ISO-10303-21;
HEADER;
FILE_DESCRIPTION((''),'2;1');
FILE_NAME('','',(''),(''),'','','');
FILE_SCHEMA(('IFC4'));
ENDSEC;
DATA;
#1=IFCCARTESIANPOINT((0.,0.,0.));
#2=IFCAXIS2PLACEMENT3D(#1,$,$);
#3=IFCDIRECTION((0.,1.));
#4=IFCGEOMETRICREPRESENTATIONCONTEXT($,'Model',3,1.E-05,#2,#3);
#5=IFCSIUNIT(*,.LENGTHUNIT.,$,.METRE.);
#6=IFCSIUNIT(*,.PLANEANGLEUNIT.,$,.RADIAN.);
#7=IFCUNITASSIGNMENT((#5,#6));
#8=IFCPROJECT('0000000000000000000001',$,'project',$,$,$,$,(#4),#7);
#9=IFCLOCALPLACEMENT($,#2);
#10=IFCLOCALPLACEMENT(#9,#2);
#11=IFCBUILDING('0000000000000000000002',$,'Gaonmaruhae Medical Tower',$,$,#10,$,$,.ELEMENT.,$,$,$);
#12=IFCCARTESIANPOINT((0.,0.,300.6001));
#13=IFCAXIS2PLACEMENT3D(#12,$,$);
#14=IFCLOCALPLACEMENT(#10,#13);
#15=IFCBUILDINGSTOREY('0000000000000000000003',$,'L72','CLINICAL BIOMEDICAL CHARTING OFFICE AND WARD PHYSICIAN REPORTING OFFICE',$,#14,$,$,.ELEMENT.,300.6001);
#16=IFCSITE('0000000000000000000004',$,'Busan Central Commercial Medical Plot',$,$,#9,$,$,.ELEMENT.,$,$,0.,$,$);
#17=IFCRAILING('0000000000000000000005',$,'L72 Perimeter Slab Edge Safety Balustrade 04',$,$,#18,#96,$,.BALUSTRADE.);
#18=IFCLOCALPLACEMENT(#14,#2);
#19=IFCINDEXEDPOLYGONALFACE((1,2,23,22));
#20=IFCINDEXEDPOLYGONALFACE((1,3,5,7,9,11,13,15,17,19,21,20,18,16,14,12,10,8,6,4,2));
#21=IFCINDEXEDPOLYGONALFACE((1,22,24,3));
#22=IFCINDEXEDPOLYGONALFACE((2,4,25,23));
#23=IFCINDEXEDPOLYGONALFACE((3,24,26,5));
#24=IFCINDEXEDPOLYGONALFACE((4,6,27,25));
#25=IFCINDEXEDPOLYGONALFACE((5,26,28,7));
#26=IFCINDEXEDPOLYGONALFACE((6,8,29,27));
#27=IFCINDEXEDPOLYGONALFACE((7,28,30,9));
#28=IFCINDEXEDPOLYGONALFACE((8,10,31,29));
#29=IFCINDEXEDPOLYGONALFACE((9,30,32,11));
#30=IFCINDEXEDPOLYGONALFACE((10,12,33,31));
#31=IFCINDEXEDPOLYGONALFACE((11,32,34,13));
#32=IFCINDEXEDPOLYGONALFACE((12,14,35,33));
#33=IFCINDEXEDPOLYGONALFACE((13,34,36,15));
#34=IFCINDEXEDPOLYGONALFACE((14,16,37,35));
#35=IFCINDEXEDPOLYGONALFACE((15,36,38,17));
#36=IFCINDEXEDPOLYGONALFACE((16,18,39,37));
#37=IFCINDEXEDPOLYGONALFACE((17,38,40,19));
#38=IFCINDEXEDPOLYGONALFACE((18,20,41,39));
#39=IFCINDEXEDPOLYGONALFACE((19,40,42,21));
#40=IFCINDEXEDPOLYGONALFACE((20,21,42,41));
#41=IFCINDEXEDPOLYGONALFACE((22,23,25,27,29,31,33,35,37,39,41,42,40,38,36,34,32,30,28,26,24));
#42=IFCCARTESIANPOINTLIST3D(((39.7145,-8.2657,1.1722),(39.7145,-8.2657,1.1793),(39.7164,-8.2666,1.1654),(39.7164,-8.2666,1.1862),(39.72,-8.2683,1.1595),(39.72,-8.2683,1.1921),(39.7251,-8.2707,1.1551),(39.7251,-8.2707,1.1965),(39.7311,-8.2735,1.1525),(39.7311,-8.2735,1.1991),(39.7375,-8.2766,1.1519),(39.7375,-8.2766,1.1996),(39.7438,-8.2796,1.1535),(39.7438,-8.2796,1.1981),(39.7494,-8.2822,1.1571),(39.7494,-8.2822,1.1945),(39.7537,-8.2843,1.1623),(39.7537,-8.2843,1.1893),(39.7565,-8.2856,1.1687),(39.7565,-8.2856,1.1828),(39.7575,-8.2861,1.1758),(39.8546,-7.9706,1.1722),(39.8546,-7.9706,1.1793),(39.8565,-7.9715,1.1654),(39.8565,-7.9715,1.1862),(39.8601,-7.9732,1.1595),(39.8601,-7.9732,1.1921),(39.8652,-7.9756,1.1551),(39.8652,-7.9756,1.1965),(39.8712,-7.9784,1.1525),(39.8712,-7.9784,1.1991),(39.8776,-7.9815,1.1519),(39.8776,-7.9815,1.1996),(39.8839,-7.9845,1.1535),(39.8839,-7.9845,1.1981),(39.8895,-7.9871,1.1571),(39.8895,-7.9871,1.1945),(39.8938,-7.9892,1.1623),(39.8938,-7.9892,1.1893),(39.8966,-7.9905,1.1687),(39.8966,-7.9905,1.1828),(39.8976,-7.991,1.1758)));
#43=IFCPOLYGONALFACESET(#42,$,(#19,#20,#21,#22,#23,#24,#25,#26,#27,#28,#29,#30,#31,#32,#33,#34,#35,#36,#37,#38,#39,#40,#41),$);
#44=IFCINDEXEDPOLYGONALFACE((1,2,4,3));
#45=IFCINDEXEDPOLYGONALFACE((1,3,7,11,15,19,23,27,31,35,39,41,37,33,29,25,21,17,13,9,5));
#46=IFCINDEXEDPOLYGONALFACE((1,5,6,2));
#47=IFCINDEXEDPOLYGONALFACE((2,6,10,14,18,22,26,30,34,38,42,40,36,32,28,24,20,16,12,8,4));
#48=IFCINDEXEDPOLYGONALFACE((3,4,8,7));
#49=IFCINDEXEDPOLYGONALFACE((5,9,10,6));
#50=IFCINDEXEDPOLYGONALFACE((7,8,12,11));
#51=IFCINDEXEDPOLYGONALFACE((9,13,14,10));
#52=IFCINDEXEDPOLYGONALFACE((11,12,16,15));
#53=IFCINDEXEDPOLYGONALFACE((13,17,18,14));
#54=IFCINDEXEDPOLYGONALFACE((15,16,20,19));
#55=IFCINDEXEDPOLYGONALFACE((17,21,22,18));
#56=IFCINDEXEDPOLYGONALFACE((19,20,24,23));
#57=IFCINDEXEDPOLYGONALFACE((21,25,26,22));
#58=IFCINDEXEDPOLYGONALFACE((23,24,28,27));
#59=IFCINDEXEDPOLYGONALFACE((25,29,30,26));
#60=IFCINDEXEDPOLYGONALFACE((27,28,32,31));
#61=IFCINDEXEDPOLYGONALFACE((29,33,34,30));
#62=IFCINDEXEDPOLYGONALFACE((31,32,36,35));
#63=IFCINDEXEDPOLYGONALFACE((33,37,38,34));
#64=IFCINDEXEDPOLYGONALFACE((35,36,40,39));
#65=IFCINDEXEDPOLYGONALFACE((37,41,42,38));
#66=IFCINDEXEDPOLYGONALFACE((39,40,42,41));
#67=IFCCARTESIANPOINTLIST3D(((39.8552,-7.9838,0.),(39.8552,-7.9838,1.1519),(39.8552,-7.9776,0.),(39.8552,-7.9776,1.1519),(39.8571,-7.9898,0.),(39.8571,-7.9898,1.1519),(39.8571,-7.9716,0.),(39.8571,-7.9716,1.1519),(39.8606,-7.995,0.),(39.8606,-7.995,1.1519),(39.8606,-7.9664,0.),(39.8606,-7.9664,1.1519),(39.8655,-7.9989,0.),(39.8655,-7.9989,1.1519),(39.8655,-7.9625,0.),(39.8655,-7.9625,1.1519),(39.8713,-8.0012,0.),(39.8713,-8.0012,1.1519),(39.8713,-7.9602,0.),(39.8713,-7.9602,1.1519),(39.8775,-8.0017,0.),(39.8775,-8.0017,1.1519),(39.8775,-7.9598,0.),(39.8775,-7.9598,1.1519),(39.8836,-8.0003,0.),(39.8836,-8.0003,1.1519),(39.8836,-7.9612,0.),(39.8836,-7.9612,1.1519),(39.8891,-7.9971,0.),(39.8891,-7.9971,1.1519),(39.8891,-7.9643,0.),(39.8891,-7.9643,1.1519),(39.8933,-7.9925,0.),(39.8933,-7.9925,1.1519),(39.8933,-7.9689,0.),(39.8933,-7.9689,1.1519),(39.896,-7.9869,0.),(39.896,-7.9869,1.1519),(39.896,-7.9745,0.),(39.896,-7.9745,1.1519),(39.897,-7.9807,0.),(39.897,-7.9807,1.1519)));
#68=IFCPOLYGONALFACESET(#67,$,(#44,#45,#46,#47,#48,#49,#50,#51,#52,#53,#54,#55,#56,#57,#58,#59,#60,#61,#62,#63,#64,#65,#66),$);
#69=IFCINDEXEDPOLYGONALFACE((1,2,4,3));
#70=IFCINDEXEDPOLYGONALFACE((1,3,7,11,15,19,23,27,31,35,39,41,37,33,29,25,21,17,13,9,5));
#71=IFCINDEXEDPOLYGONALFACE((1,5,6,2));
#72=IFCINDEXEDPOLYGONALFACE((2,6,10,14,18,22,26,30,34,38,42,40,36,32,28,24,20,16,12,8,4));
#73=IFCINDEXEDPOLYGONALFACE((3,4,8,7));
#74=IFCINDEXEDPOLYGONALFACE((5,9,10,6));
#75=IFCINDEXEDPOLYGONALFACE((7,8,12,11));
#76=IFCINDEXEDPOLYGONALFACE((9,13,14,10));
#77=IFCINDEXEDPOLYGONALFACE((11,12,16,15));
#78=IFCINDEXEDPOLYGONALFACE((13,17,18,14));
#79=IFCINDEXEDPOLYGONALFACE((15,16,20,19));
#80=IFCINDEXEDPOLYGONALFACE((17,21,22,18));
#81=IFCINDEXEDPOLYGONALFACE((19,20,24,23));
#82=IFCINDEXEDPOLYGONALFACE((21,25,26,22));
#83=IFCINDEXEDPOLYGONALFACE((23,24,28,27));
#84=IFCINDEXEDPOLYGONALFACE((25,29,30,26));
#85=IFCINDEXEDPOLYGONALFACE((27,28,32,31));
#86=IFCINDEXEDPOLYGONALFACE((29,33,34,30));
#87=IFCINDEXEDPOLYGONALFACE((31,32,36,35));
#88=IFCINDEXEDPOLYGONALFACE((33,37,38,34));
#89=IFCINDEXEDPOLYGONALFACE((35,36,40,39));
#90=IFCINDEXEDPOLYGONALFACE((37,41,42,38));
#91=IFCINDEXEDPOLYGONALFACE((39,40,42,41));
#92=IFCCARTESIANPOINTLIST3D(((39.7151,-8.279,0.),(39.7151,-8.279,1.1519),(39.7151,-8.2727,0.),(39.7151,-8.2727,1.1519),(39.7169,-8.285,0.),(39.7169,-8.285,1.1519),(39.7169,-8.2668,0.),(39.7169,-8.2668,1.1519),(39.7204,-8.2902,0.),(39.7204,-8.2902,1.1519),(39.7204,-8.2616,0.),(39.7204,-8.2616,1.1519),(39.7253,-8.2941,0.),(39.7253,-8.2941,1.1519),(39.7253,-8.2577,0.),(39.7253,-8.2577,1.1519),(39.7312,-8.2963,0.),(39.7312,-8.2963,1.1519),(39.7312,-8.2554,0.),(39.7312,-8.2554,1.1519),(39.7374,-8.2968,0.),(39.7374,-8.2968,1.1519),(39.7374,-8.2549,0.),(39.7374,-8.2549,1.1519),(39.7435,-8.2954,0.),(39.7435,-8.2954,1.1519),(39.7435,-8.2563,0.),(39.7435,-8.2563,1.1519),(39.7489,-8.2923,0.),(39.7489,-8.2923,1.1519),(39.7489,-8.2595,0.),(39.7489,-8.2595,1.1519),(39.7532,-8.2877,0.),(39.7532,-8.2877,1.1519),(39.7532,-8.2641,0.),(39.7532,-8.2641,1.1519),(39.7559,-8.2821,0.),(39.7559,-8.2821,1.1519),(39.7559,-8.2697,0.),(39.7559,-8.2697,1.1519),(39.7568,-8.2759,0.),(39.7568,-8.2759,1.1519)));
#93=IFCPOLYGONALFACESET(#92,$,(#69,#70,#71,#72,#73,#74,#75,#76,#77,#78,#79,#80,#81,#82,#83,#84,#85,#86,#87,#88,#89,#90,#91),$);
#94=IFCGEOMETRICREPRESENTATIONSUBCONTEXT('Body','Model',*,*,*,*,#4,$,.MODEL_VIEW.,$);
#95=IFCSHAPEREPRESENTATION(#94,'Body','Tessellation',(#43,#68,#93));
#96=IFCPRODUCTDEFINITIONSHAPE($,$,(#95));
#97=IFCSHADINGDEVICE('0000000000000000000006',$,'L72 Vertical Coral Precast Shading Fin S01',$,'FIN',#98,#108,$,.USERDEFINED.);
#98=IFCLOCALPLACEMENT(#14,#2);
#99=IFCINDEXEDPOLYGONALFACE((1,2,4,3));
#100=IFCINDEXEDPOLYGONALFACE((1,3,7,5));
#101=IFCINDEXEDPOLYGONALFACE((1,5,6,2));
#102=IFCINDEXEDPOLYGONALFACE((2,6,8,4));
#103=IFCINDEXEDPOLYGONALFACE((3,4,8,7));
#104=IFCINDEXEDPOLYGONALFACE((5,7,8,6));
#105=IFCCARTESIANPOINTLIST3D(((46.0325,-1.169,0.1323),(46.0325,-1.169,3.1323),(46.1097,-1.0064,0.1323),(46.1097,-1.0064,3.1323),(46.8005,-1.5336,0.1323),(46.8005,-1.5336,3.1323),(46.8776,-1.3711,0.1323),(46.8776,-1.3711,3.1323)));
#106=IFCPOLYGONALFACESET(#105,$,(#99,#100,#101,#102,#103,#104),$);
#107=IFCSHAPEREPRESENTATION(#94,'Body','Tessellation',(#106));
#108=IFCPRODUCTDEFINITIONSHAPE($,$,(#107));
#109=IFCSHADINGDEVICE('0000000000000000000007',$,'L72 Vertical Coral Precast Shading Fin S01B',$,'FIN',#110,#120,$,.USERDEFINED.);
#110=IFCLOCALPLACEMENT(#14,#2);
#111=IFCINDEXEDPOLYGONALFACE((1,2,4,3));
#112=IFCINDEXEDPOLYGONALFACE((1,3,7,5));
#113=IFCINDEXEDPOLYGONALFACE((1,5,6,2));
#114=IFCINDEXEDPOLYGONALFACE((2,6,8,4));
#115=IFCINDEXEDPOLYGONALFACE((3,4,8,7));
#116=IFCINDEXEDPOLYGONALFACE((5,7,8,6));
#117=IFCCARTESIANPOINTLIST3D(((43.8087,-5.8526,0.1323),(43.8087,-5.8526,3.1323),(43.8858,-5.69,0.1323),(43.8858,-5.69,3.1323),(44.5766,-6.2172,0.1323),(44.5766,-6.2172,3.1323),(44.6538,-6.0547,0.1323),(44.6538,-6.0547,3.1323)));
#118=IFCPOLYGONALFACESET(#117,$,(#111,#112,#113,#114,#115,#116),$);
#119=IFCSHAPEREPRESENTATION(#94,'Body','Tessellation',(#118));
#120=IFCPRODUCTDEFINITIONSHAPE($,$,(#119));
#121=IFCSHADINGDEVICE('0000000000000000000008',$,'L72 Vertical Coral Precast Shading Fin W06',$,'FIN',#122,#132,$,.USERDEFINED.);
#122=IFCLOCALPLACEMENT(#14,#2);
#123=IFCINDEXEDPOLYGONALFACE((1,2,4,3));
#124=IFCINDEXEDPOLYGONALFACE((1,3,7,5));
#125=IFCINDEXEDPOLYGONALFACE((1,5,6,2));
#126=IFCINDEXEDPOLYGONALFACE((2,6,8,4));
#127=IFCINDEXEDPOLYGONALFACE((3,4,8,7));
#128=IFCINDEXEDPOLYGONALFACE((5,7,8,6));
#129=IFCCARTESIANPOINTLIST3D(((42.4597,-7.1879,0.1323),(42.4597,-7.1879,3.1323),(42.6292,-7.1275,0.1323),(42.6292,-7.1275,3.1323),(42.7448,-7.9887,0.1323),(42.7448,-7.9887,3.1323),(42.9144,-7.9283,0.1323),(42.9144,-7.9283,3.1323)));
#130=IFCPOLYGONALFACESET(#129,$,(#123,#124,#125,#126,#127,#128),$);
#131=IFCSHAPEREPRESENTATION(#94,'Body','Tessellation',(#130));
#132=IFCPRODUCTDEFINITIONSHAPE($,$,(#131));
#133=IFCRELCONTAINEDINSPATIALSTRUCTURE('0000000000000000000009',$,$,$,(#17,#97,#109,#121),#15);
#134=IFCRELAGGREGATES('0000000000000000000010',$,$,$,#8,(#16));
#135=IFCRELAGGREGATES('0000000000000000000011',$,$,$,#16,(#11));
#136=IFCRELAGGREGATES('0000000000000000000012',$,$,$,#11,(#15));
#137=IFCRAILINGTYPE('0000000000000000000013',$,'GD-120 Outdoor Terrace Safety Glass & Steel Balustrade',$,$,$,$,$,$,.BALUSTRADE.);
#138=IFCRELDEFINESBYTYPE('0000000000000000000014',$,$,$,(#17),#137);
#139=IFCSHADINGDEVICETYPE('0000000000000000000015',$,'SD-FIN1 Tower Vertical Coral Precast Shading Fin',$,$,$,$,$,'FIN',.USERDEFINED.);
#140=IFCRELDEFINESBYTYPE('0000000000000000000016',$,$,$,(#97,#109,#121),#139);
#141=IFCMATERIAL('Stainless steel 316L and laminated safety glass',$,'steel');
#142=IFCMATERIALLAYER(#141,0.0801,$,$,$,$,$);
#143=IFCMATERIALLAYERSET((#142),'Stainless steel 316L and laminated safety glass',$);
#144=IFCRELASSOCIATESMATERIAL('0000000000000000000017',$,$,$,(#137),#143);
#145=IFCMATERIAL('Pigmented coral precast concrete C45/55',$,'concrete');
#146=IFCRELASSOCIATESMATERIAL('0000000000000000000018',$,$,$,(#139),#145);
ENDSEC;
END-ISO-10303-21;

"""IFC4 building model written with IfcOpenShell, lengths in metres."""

from ifc_helpers import new_model, si_unit, direction, frame, origin, origin_2d, place, context, subcontext, project, spatial, rectangle, circle, extrude, material, layer, layer_set, type_object, element, save


model = new_model("IFC4")

# Units and contexts
model_context = context("Model", 3, precision=1e-05, world=origin(), true_north=direction((0.0, 1.0)))
body_context = subcontext(model_context, "Body", "Model", "MODEL_VIEW")
ifc_project = project(units=[si_unit("LENGTHUNIT", "METRE"), si_unit("PLANEANGLEUNIT", "RADIAN")], contexts=[model_context])

# Site, building, storey
site_placement = place(None, origin())
site = spatial("IfcSite", under=ifc_project, at=site_placement, Name="Busan Central Commercial Medical Plot", CompositionType="ELEMENT", RefElevation=0.0)
building_placement = place(site_placement, origin())
building = spatial("IfcBuilding", under=site, at=building_placement, Name="Gaonmaruhae Medical Tower", CompositionType="ELEMENT")
storey_placement = place(building_placement, frame((0.0, 0.0, 300.6001)))
storey = spatial("IfcBuildingStorey", under=building, at=storey_placement, Name="L72", Description="CLINICAL BIOMEDICAL CHARTING OFFICE AND WARD PHYSICIAN REPORTING OFFICE", CompositionType="ELEMENT", Elevation=300.6001)

# Railing
ifc_material_1 = material(Name="Stainless steel 316L and laminated safety glass", Category="steel")
ifc_layer_1 = layer(ifc_material_1, 0.0801)
ifc_layer_set_1 = layer_set([ifc_layer_1], Name="Stainless steel 316L and laminated safety glass")
railing_type = type_object("IfcRailingType", Name="GD-120 Outdoor Terrace Safety Glass & Steel Balustrade", PredefinedType="BALUSTRADE", material=ifc_layer_set_1)
railing_placement = place(storey_placement, frame((39.876, -7.9807, 0.0)))
element("IfcRailing", 1, at=railing_placement, inside=storey, type_object=railing_type, Name="L72 Perimeter Slab Edge Safety Balustrade 04", PredefinedType="BALUSTRADE", context=body_context, shape_type="SweptSolid", body=[
    extrude(circle(Radius=0.0239, at=origin_2d()), frame((0.0, 0.0, 1.1758), z_axis=(-0.428889, -0.903357, 0.0), x_axis=(0.903357, -0.428889, 0.0)), (0.0, 0.0, 1.0), 0.3267),
    extrude(circle(Radius=0.021, at=origin_2d()), origin(), (0.0, 0.0, 1.0), 1.1519),
    extrude(circle(Radius=0.021, at=origin_2d()), frame((-0.1401, -0.2952, 0.0)), (0.0, 0.0, 1.0), 1.1519),
])

# Shading devices
ifc_material_2 = material(Name="Pigmented coral precast concrete C45/55", Category="concrete")
shading_device_type = type_object("IfcShadingDeviceType", Name="SD-FIN1 Tower Vertical Coral Precast Shading Fin", ElementType="FIN", PredefinedType="USERDEFINED", material=ifc_material_2)
for number, where, z_axis, x_axis, name in (
    (2, (46.4551, -1.27, 0.1323), (0.0, 0.0, 1.0), (-0.428935, -0.903335, 0.0), "L72 Vertical Coral Precast Shading Fin S01"),
    (3, (44.2312, -5.9536, 0.1323), (0.0, 0.0, 1.0), (-0.428935, -0.903335, 0.0), "L72 Vertical Coral Precast Shading Fin S01B"),
    (4, (42.687, -7.5581, 0.1323), (0.0, 0.0, 1.0), (-0.942052, -0.335468, 0.0), "L72 Vertical Coral Precast Shading Fin W06"),
):
    element("IfcShadingDevice", number, at=place(storey_placement, frame(where, z_axis=z_axis, x_axis=x_axis)), inside=storey, type_object=shading_device_type, Name=name, ObjectType="FIN", PredefinedType="USERDEFINED", context=body_context, shape_type="SweptSolid", body=[
        extrude(rectangle(XDim=0.1799, YDim=0.8501, at=origin_2d()), origin(), (0.0, 0.0, 1.0), 3.0),
    ])

save(model, "model.ifc")
